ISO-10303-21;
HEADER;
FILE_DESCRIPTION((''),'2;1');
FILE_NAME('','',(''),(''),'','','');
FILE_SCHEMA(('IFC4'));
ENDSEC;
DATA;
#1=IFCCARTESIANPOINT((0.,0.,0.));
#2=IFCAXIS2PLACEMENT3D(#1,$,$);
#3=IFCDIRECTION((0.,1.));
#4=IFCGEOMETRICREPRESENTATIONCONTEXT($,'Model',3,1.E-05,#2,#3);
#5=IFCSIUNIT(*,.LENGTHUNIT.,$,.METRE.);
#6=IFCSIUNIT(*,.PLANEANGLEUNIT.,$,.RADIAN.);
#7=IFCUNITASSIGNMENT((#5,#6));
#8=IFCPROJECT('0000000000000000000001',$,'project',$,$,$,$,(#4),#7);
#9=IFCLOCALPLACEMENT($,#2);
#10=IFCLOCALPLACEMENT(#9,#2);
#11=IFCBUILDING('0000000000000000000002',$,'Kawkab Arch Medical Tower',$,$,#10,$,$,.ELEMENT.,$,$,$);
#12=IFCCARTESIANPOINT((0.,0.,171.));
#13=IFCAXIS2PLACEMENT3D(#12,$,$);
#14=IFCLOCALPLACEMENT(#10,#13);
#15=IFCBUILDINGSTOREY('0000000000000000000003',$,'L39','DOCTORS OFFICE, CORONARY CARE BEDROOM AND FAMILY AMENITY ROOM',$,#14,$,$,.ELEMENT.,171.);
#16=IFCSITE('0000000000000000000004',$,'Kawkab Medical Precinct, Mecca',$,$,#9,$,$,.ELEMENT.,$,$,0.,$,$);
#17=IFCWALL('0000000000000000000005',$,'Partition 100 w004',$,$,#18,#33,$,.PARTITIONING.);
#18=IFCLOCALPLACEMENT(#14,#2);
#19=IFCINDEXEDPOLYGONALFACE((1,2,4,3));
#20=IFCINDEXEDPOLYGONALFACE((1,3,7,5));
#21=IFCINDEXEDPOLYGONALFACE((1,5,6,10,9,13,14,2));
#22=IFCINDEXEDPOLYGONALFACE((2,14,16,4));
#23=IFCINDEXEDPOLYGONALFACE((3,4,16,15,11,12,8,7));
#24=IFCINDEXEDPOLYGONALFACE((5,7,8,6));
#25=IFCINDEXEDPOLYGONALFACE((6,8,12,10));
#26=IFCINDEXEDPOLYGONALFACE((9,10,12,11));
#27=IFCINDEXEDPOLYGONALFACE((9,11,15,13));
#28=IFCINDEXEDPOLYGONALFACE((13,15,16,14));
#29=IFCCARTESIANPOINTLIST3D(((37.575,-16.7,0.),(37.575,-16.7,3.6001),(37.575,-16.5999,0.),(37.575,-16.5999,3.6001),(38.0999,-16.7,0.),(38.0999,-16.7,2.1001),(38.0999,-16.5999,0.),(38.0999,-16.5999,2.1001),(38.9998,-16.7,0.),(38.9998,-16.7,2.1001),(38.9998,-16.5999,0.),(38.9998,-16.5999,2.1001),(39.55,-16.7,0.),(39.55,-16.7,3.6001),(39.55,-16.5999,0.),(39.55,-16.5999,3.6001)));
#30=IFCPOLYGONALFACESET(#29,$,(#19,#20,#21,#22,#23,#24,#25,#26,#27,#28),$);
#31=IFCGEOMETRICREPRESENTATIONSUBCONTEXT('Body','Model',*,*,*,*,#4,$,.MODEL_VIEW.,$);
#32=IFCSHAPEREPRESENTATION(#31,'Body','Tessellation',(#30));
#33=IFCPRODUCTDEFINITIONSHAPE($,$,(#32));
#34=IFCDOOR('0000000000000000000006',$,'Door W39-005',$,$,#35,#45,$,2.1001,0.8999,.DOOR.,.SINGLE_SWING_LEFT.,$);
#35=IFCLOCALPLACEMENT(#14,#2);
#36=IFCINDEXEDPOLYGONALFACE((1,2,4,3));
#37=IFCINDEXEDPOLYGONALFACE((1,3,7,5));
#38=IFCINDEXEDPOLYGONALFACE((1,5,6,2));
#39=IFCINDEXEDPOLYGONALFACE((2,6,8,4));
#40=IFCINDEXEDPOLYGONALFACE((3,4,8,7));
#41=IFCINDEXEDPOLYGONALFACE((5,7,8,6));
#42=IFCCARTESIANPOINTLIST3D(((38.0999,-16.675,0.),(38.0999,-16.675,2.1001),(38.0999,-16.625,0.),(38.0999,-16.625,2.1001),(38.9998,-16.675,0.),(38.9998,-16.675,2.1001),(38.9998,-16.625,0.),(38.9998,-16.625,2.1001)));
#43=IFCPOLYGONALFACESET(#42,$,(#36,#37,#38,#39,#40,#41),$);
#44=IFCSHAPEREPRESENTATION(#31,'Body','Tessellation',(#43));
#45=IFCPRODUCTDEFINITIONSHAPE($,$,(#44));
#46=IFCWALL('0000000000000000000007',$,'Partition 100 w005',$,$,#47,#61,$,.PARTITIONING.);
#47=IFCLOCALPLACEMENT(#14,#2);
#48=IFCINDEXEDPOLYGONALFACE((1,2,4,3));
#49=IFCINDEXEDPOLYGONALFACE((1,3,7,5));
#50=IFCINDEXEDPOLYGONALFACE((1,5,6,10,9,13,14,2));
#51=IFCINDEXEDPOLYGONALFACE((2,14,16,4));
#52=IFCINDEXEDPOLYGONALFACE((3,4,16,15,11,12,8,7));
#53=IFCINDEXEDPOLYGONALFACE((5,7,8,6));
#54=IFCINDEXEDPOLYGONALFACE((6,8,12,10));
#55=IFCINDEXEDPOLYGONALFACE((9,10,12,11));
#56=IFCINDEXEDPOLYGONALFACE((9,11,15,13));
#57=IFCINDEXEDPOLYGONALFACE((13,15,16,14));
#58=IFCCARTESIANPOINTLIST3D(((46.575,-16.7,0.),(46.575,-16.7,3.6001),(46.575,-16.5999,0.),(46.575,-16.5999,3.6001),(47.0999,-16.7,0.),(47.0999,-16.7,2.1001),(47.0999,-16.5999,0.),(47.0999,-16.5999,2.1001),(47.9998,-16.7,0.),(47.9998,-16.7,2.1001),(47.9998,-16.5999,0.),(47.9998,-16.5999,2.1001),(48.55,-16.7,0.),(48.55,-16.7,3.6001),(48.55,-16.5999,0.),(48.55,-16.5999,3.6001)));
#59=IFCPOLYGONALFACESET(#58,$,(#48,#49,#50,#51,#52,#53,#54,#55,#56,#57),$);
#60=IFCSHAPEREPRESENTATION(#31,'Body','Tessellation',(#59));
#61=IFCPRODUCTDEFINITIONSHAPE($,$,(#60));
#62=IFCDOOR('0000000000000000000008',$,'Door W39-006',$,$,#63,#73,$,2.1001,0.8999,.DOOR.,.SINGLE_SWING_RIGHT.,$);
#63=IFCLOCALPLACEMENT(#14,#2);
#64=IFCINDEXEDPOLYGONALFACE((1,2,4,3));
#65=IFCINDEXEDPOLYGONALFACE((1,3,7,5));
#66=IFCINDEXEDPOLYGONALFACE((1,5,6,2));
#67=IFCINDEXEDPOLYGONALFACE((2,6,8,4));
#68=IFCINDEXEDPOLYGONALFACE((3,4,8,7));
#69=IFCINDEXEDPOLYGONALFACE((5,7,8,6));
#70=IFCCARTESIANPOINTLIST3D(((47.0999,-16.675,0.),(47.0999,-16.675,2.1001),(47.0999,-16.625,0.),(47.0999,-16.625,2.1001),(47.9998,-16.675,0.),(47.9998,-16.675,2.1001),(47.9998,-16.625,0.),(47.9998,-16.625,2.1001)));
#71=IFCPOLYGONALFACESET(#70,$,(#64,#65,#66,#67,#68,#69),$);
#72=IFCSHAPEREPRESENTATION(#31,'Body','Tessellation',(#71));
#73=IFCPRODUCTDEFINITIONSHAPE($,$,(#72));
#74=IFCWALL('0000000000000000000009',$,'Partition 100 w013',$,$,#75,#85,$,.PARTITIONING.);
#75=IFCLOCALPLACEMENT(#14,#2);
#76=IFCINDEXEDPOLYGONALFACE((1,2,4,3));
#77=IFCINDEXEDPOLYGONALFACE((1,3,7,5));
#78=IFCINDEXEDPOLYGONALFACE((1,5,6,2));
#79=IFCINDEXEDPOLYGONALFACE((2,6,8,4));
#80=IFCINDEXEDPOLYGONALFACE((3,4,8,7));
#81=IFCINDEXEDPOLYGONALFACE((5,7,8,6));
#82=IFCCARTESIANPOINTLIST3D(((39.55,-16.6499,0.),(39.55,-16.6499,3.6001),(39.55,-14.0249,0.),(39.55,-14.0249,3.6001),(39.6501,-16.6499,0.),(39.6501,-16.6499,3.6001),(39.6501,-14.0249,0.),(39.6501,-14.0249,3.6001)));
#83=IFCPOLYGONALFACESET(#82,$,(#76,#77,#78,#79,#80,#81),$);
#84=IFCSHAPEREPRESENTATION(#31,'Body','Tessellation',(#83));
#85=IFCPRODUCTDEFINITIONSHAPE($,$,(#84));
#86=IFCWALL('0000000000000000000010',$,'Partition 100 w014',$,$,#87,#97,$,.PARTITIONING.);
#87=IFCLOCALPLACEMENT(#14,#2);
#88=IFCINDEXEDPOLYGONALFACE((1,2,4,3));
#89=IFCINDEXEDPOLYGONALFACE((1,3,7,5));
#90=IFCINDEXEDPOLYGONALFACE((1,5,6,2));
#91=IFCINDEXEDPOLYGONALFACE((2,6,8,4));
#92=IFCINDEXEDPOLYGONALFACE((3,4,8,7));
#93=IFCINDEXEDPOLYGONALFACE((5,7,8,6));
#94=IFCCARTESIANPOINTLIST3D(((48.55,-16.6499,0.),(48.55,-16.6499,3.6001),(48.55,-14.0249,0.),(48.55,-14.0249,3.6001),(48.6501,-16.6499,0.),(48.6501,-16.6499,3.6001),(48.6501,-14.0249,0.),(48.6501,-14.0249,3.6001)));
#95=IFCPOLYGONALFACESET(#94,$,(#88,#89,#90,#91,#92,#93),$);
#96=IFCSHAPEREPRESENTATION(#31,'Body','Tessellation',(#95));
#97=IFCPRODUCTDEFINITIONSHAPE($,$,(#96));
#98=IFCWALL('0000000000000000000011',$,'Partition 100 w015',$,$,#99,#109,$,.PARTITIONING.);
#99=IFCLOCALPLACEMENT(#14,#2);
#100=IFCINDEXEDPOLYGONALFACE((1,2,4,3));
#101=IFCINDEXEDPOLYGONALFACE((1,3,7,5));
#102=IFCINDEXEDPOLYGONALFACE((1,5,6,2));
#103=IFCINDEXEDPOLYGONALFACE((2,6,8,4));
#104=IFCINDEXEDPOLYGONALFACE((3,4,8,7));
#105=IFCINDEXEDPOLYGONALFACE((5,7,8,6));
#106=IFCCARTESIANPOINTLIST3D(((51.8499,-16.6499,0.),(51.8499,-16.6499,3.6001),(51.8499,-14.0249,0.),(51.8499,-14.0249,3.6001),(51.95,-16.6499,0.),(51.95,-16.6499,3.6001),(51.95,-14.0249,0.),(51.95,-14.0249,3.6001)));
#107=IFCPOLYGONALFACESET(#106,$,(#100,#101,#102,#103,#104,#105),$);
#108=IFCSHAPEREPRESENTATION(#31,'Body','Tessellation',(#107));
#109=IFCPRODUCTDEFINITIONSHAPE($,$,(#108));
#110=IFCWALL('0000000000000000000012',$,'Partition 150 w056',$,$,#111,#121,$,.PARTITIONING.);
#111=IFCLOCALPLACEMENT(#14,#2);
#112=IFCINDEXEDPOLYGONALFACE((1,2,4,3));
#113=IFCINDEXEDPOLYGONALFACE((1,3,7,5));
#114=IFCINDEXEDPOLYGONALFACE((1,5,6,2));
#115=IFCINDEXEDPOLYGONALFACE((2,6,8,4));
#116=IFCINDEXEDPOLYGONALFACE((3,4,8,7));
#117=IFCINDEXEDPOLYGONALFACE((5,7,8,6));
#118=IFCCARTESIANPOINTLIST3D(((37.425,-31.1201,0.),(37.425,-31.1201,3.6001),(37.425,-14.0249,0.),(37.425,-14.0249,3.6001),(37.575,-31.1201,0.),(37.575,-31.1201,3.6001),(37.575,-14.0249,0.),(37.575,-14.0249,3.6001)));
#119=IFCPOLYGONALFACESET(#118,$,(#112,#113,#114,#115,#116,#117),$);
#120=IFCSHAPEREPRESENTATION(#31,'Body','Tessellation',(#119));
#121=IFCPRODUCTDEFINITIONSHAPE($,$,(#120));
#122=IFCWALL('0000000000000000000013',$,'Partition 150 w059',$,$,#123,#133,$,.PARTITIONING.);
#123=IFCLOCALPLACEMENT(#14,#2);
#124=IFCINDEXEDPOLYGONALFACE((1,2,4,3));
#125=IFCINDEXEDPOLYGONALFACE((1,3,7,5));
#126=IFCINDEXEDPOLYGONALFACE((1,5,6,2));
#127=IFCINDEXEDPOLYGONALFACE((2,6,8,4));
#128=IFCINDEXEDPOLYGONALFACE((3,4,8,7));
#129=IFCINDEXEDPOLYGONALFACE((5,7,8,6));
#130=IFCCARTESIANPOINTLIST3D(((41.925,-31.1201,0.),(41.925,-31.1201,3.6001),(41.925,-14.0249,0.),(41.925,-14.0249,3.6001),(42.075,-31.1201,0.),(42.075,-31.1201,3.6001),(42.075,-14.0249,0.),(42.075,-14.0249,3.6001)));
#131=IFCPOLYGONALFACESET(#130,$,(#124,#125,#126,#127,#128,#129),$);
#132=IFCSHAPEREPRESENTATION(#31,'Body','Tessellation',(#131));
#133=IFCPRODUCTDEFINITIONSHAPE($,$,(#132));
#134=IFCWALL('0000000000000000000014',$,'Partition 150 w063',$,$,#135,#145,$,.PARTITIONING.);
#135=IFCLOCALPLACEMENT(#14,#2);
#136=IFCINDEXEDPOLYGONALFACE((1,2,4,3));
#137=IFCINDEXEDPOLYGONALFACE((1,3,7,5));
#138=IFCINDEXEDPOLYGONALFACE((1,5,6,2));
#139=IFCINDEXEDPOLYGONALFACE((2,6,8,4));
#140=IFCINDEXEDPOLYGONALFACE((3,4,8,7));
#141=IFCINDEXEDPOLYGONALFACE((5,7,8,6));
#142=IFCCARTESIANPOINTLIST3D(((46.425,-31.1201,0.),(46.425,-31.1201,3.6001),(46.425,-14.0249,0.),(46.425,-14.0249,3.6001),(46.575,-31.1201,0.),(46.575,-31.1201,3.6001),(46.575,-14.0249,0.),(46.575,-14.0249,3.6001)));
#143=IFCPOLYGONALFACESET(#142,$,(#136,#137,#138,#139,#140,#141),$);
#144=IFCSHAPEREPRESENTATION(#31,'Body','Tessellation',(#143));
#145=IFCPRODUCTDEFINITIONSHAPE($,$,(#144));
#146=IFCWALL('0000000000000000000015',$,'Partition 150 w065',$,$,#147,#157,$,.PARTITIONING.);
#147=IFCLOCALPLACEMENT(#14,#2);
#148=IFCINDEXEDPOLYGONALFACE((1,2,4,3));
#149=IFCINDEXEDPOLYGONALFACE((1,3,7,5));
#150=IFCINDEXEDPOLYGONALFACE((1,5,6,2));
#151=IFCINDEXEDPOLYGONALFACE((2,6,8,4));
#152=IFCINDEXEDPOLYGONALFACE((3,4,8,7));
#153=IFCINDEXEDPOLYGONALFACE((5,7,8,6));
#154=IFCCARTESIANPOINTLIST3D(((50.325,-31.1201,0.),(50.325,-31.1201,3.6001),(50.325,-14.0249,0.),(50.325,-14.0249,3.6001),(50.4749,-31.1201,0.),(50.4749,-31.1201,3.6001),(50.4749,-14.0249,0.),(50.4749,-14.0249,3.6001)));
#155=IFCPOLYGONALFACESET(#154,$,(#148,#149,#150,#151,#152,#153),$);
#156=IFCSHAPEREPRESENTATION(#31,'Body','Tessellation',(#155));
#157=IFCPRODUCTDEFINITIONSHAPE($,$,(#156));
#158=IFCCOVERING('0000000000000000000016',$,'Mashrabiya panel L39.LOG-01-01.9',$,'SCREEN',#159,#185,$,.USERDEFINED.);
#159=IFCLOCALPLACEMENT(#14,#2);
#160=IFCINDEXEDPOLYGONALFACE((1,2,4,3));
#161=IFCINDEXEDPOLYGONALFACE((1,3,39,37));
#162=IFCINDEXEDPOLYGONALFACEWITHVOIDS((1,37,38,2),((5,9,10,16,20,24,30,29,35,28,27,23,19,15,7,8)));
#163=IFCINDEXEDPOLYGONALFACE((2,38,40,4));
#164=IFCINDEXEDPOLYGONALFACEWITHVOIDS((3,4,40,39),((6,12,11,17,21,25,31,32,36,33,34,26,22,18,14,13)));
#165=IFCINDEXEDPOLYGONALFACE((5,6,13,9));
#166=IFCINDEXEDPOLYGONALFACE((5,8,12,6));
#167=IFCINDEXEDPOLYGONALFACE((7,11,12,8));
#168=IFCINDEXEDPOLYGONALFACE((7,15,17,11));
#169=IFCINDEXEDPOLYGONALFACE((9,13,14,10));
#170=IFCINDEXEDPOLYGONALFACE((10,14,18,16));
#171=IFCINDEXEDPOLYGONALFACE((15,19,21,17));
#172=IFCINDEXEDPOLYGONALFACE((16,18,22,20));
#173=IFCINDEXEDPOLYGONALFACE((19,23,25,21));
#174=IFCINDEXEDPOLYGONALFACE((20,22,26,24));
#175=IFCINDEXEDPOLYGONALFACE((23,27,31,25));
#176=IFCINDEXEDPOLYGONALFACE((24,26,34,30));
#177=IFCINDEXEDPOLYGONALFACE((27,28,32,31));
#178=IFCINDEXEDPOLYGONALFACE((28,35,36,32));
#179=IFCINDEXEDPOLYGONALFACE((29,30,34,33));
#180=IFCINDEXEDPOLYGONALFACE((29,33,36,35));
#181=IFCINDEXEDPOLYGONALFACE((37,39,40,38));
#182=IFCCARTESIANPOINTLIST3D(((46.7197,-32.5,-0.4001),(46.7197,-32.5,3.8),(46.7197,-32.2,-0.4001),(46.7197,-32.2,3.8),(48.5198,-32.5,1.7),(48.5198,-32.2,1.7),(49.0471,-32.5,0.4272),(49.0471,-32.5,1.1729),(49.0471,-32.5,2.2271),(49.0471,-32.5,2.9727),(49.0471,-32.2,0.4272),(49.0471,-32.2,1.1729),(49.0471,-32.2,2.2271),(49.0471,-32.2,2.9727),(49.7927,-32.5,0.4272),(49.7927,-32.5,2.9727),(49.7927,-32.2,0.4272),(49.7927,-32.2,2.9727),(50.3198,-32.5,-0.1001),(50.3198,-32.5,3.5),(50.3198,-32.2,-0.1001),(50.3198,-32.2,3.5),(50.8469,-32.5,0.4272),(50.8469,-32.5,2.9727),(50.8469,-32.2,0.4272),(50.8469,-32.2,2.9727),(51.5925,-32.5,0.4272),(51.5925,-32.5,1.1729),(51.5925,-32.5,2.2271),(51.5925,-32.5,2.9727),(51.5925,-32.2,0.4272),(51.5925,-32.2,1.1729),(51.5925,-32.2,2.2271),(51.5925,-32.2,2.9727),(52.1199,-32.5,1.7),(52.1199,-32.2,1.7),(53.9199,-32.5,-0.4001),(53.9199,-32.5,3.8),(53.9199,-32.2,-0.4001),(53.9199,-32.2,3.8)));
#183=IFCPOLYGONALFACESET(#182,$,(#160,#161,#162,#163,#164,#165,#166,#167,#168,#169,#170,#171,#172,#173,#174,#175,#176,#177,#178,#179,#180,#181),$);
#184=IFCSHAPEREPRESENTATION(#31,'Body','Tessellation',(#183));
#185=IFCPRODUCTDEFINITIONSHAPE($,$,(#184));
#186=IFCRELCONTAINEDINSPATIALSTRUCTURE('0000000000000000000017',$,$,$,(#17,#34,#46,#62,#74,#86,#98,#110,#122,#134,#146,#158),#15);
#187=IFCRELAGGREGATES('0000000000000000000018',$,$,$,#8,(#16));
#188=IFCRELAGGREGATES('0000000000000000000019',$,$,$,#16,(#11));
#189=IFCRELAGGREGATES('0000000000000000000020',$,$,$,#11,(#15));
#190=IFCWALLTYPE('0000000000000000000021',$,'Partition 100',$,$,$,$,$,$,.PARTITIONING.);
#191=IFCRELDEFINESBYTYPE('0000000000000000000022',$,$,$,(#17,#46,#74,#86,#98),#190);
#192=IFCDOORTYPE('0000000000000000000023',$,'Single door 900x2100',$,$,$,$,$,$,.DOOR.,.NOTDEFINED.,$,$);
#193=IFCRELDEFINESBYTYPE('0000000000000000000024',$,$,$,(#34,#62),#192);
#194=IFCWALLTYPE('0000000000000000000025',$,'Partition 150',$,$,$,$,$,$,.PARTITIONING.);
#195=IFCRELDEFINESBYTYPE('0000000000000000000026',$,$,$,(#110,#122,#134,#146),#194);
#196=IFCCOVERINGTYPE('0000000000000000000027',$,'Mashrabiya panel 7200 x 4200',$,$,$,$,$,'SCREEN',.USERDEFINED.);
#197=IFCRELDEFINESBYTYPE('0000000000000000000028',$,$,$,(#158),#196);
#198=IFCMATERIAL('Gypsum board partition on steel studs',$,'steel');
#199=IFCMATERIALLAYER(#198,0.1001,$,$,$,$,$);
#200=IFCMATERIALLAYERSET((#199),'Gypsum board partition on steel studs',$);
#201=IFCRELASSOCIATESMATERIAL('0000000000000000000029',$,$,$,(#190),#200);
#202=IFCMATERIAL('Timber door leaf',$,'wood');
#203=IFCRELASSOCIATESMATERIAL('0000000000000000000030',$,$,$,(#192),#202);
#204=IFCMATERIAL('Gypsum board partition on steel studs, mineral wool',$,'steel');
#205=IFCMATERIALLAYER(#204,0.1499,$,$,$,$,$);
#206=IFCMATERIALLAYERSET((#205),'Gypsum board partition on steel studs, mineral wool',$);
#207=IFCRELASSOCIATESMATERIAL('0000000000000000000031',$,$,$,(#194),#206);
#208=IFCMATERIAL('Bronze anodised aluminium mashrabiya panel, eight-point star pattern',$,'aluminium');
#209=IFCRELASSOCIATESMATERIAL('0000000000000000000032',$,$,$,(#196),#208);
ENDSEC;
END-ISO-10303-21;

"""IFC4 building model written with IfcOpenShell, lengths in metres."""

from ifc_helpers import new_model, si_unit, direction, frame, frame_2d, origin, place, context, subcontext, project, spatial, polyline, rectangle, outline, extrude, material, layer, layer_set, material_profile, profile_set, type_object, element, fill, save


model = new_model("IFC4")

# Units and contexts
model_context = context("Model", 3, precision=1e-05, world=origin(), true_north=direction((0.0, 1.0)))
body_context = subcontext(model_context, "Body", "Model", "MODEL_VIEW")
ifc_project = project(units=[si_unit("LENGTHUNIT", "METRE"), si_unit("PLANEANGLEUNIT", "RADIAN")], contexts=[model_context])

# Site, building, storey
site_placement = place(None, origin())
site = spatial("IfcSite", under=ifc_project, at=site_placement, Name="Kawkab Medical Precinct, Mecca", CompositionType="ELEMENT", RefElevation=0.0)
building_placement = place(site_placement, origin())
building = spatial("IfcBuilding", under=site, at=building_placement, Name="Kawkab Arch Medical Tower", CompositionType="ELEMENT")
storey_placement = place(building_placement, frame((0.0, 0.0, 171.0)))
storey = spatial("IfcBuildingStorey", under=building, at=storey_placement, Name="L39", Description="DOCTORS OFFICE, CORONARY CARE BEDROOM AND FAMILY AMENITY ROOM", CompositionType="ELEMENT", Elevation=171.0)

# Walls, openings, doors
ifc_material_1 = material(Name="Gypsum board partition on steel studs", Category="steel")
ifc_layer_1 = layer(ifc_material_1, 0.1001)
ifc_layer_set_1 = layer_set([ifc_layer_1], Name="Gypsum board partition on steel studs")
wall_type_1 = type_object("IfcWallType", Name="Partition 100", PredefinedType="PARTITIONING", material=ifc_layer_set_1)
wall_1_placement = place(storey_placement, frame((37.575, -16.6499, 0.0), z_axis=(0.0, 0.0, 1.0), x_axis=(1.0, 0.0, 0.0)))
wall_1 = element("IfcWall", 1, at=wall_1_placement, inside=storey, type_object=wall_type_1, Name="Partition 100 w004", PredefinedType="PARTITIONING", context=body_context, shape_type="SweptSolid", body=[
    extrude(rectangle(XDim=1.9751, YDim=0.1001, at=frame_2d((0.9875, 0.0))), origin(), (0.0, 0.0, 1.0), 3.6001),
])
opening_1_placement = place(wall_1_placement, frame((0.5249, 0.0, 0.0)))
opening_1 = element("IfcOpeningElement", 2, at=opening_1_placement, cuts=wall_1, PredefinedType="OPENING", context=body_context, shape_type="SweptSolid", body=[
    extrude(rectangle(XDim=0.8999, YDim=2.1001, at=frame_2d((0.45, 1.05))), frame((0.0, 0.0601, 0.0), z_axis=(0.0, -1.0, 0.0), x_axis=(1.0, 0.0, 0.0)), (0.0, 0.0, 1.0), 0.1201),
])
ifc_material_2 = material(Name="Timber door leaf", Category="wood")
door_type = type_object("IfcDoorType", Name="Single door 900x2100", OperationType="NOTDEFINED", PredefinedType="DOOR", material=ifc_material_2)
door_1_placement = place(opening_1_placement, origin())
door_1 = element("IfcDoor", 3, at=door_1_placement, inside=storey, type_object=door_type, Name="Door W39-005", OperationType="SINGLE_SWING_LEFT", OverallHeight=2.1001, OverallWidth=0.8999, PredefinedType="DOOR", context=body_context, shape_type="SweptSolid", body=[
    extrude(rectangle(XDim=0.8999, YDim=2.1001, at=frame_2d((0.45, 1.05))), frame((0.0, 0.0249, 0.0), z_axis=(0.0, -1.0, 0.0), x_axis=(1.0, 0.0, 0.0)), (0.0, 0.0, 1.0), 0.05),
])
fill(opening_1, door_1)
wall_2_placement = place(storey_placement, frame((46.575, -16.6499, 0.0), z_axis=(0.0, 0.0, 1.0), x_axis=(1.0, 0.0, 0.0)))
wall_2 = element("IfcWall", 4, at=wall_2_placement, inside=storey, type_object=wall_type_1, Name="Partition 100 w005", PredefinedType="PARTITIONING", context=body_context, shape_type="SweptSolid", body=[
    extrude(rectangle(XDim=1.9751, YDim=0.1001, at=frame_2d((0.9875, 0.0))), origin(), (0.0, 0.0, 1.0), 3.6001),
])
opening_2_placement = place(wall_2_placement, frame((0.5249, 0.0, 0.0)))
opening_2 = element("IfcOpeningElement", 5, at=opening_2_placement, cuts=wall_2, PredefinedType="OPENING", context=body_context, shape_type="SweptSolid", body=[
    extrude(rectangle(XDim=0.8999, YDim=2.1001, at=frame_2d((0.45, 1.05))), frame((0.0, 0.0601, 0.0), z_axis=(0.0, -1.0, 0.0), x_axis=(1.0, 0.0, 0.0)), (0.0, 0.0, 1.0), 0.1201),
])
door_2_placement = place(opening_2_placement, origin())
door_2 = element("IfcDoor", 6, at=door_2_placement, inside=storey, type_object=door_type, Name="Door W39-006", OperationType="SINGLE_SWING_RIGHT", OverallHeight=2.1001, OverallWidth=0.8999, PredefinedType="DOOR", context=body_context, shape_type="SweptSolid", body=[
    extrude(rectangle(XDim=0.8999, YDim=2.1001, at=frame_2d((0.45, 1.05))), frame((0.0, 0.0249, 0.0), z_axis=(0.0, -1.0, 0.0), x_axis=(1.0, 0.0, 0.0)), (0.0, 0.0, 1.0), 0.05),
])
fill(opening_2, door_2)

# Walls
for number, where, z_axis, x_axis, name in (
    (7, (39.6001, -16.6499, 0.0), (0.0, 0.0, 1.0), (0.0, 1.0, 0.0), "Partition 100 w013"),
    (8, (48.6001, -16.6499, 0.0), (0.0, 0.0, 1.0), (0.0, 1.0, 0.0), "Partition 100 w014"),
    (9, (51.8999, -16.6499, 0.0), (0.0, 0.0, 1.0), (0.0, 1.0, 0.0), "Partition 100 w015"),
):
    element("IfcWall", number, at=place(storey_placement, frame(where, z_axis=z_axis, x_axis=x_axis)), inside=storey, type_object=wall_type_1, Name=name, PredefinedType="PARTITIONING", context=body_context, shape_type="SweptSolid", body=[
        extrude(rectangle(XDim=2.625, YDim=0.1001, at=frame_2d((1.3125, 0.0))), origin(), (0.0, 0.0, 1.0), 3.6001),
    ])
ifc_material_3 = material(Name="Gypsum board partition on steel studs, mineral wool", Category="steel")
ifc_layer_2 = layer(ifc_material_3, 0.1499)
ifc_layer_set_2 = layer_set([ifc_layer_2], Name="Gypsum board partition on steel studs, mineral wool")
wall_type_2 = type_object("IfcWallType", Name="Partition 150", PredefinedType="PARTITIONING", material=ifc_layer_set_2)
for number, where, z_axis, x_axis, name in (
    (10, (37.5, -31.1201, 0.0), (0.0, 0.0, 1.0), (0.0, 1.0, 0.0), "Partition 150 w056"),
    (11, (42.0, -31.1201, 0.0), (0.0, 0.0, 1.0), (0.0, 1.0, 0.0), "Partition 150 w059"),
    (12, (46.5, -31.1201, 0.0), (0.0, 0.0, 1.0), (0.0, 1.0, 0.0), "Partition 150 w063"),
    (13, (50.3999, -31.1201, 0.0), (0.0, 0.0, 1.0), (0.0, 1.0, 0.0), "Partition 150 w065"),
):
    element("IfcWall", number, at=place(storey_placement, frame(where, z_axis=z_axis, x_axis=x_axis)), inside=storey, type_object=wall_type_2, Name=name, PredefinedType="PARTITIONING", context=body_context, shape_type="SweptSolid", body=[
        extrude(rectangle(XDim=17.0952, YDim=0.1499, at=frame_2d((8.5476, 0.0))), origin(), (0.0, 0.0, 1.0), 3.6001),
    ])

# Covering
ifc_material_4 = material(Name="Bronze anodised aluminium mashrabiya panel, eight-point star pattern", Category="aluminium")
ifc_material_profile_1 = material_profile(ifc_material_4, outline(polyline([(-3.6001, -2.1001), (3.6001, -2.1001), (3.6001, 2.1001), (-3.6001, 2.1001), (-3.6001, -2.1001)]), holes=[polyline([(1.8, 0.0), (1.2727, 0.5271), (1.2727, 1.2727), (0.5271, 1.2727), (0.0, 1.8), (-0.5271, 1.2727), (-1.2727, 1.2727), (-1.2727, 0.5271), (-1.8, 0.0), (-1.2727, -0.5271), (-1.2727, -1.2727), (-0.5271, -1.2727), (0.0, -1.8), (0.5271, -1.2727), (1.2727, -1.2727), (1.2727, -0.5271), (1.8, 0.0)])]), Name="Mashrabiya panel 7200x4200")
ifc_profile_set_1 = profile_set([ifc_material_profile_1], Name="Bronze anodised aluminium mashrabiya panel, eight-point star pattern")
covering_type = type_object("IfcCoveringType", Name="Mashrabiya panel 7200 x 4200", ElementType="SCREEN", PredefinedType="USERDEFINED", material=ifc_profile_set_1)
covering_placement = place(storey_placement, frame((50.3198, -32.2, 1.7), z_axis=(0.0, -1.0, 0.0), x_axis=(1.0, 0.0, 0.0)))
element("IfcCovering", 14, at=covering_placement, inside=storey, type_object=covering_type, Name="Mashrabiya panel L39.LOG-01-01.9", ObjectType="SCREEN", PredefinedType="USERDEFINED", context=body_context, shape_type="SweptSolid", body=[
    extrude(outline(polyline([(-3.6001, -2.1001), (3.6001, -2.1001), (3.6001, 2.1001), (-3.6001, 2.1001), (-3.6001, -2.1001)]), holes=[polyline([(1.8, 0.0), (1.2727, 0.5271), (1.2727, 1.2727), (0.5271, 1.2727), (0.0, 1.8), (-0.5271, 1.2727), (-1.2727, 1.2727), (-1.2727, 0.5271), (-1.8, 0.0), (-1.2727, -0.5271), (-1.2727, -1.2727), (-0.5271, -1.2727), (0.0, -1.8), (0.5271, -1.2727), (1.2727, -1.2727), (1.2727, -0.5271), (1.8, 0.0)])]), origin(), (0.0, 0.0, 1.0), 0.3),
])

save(model, "model.ifc")
